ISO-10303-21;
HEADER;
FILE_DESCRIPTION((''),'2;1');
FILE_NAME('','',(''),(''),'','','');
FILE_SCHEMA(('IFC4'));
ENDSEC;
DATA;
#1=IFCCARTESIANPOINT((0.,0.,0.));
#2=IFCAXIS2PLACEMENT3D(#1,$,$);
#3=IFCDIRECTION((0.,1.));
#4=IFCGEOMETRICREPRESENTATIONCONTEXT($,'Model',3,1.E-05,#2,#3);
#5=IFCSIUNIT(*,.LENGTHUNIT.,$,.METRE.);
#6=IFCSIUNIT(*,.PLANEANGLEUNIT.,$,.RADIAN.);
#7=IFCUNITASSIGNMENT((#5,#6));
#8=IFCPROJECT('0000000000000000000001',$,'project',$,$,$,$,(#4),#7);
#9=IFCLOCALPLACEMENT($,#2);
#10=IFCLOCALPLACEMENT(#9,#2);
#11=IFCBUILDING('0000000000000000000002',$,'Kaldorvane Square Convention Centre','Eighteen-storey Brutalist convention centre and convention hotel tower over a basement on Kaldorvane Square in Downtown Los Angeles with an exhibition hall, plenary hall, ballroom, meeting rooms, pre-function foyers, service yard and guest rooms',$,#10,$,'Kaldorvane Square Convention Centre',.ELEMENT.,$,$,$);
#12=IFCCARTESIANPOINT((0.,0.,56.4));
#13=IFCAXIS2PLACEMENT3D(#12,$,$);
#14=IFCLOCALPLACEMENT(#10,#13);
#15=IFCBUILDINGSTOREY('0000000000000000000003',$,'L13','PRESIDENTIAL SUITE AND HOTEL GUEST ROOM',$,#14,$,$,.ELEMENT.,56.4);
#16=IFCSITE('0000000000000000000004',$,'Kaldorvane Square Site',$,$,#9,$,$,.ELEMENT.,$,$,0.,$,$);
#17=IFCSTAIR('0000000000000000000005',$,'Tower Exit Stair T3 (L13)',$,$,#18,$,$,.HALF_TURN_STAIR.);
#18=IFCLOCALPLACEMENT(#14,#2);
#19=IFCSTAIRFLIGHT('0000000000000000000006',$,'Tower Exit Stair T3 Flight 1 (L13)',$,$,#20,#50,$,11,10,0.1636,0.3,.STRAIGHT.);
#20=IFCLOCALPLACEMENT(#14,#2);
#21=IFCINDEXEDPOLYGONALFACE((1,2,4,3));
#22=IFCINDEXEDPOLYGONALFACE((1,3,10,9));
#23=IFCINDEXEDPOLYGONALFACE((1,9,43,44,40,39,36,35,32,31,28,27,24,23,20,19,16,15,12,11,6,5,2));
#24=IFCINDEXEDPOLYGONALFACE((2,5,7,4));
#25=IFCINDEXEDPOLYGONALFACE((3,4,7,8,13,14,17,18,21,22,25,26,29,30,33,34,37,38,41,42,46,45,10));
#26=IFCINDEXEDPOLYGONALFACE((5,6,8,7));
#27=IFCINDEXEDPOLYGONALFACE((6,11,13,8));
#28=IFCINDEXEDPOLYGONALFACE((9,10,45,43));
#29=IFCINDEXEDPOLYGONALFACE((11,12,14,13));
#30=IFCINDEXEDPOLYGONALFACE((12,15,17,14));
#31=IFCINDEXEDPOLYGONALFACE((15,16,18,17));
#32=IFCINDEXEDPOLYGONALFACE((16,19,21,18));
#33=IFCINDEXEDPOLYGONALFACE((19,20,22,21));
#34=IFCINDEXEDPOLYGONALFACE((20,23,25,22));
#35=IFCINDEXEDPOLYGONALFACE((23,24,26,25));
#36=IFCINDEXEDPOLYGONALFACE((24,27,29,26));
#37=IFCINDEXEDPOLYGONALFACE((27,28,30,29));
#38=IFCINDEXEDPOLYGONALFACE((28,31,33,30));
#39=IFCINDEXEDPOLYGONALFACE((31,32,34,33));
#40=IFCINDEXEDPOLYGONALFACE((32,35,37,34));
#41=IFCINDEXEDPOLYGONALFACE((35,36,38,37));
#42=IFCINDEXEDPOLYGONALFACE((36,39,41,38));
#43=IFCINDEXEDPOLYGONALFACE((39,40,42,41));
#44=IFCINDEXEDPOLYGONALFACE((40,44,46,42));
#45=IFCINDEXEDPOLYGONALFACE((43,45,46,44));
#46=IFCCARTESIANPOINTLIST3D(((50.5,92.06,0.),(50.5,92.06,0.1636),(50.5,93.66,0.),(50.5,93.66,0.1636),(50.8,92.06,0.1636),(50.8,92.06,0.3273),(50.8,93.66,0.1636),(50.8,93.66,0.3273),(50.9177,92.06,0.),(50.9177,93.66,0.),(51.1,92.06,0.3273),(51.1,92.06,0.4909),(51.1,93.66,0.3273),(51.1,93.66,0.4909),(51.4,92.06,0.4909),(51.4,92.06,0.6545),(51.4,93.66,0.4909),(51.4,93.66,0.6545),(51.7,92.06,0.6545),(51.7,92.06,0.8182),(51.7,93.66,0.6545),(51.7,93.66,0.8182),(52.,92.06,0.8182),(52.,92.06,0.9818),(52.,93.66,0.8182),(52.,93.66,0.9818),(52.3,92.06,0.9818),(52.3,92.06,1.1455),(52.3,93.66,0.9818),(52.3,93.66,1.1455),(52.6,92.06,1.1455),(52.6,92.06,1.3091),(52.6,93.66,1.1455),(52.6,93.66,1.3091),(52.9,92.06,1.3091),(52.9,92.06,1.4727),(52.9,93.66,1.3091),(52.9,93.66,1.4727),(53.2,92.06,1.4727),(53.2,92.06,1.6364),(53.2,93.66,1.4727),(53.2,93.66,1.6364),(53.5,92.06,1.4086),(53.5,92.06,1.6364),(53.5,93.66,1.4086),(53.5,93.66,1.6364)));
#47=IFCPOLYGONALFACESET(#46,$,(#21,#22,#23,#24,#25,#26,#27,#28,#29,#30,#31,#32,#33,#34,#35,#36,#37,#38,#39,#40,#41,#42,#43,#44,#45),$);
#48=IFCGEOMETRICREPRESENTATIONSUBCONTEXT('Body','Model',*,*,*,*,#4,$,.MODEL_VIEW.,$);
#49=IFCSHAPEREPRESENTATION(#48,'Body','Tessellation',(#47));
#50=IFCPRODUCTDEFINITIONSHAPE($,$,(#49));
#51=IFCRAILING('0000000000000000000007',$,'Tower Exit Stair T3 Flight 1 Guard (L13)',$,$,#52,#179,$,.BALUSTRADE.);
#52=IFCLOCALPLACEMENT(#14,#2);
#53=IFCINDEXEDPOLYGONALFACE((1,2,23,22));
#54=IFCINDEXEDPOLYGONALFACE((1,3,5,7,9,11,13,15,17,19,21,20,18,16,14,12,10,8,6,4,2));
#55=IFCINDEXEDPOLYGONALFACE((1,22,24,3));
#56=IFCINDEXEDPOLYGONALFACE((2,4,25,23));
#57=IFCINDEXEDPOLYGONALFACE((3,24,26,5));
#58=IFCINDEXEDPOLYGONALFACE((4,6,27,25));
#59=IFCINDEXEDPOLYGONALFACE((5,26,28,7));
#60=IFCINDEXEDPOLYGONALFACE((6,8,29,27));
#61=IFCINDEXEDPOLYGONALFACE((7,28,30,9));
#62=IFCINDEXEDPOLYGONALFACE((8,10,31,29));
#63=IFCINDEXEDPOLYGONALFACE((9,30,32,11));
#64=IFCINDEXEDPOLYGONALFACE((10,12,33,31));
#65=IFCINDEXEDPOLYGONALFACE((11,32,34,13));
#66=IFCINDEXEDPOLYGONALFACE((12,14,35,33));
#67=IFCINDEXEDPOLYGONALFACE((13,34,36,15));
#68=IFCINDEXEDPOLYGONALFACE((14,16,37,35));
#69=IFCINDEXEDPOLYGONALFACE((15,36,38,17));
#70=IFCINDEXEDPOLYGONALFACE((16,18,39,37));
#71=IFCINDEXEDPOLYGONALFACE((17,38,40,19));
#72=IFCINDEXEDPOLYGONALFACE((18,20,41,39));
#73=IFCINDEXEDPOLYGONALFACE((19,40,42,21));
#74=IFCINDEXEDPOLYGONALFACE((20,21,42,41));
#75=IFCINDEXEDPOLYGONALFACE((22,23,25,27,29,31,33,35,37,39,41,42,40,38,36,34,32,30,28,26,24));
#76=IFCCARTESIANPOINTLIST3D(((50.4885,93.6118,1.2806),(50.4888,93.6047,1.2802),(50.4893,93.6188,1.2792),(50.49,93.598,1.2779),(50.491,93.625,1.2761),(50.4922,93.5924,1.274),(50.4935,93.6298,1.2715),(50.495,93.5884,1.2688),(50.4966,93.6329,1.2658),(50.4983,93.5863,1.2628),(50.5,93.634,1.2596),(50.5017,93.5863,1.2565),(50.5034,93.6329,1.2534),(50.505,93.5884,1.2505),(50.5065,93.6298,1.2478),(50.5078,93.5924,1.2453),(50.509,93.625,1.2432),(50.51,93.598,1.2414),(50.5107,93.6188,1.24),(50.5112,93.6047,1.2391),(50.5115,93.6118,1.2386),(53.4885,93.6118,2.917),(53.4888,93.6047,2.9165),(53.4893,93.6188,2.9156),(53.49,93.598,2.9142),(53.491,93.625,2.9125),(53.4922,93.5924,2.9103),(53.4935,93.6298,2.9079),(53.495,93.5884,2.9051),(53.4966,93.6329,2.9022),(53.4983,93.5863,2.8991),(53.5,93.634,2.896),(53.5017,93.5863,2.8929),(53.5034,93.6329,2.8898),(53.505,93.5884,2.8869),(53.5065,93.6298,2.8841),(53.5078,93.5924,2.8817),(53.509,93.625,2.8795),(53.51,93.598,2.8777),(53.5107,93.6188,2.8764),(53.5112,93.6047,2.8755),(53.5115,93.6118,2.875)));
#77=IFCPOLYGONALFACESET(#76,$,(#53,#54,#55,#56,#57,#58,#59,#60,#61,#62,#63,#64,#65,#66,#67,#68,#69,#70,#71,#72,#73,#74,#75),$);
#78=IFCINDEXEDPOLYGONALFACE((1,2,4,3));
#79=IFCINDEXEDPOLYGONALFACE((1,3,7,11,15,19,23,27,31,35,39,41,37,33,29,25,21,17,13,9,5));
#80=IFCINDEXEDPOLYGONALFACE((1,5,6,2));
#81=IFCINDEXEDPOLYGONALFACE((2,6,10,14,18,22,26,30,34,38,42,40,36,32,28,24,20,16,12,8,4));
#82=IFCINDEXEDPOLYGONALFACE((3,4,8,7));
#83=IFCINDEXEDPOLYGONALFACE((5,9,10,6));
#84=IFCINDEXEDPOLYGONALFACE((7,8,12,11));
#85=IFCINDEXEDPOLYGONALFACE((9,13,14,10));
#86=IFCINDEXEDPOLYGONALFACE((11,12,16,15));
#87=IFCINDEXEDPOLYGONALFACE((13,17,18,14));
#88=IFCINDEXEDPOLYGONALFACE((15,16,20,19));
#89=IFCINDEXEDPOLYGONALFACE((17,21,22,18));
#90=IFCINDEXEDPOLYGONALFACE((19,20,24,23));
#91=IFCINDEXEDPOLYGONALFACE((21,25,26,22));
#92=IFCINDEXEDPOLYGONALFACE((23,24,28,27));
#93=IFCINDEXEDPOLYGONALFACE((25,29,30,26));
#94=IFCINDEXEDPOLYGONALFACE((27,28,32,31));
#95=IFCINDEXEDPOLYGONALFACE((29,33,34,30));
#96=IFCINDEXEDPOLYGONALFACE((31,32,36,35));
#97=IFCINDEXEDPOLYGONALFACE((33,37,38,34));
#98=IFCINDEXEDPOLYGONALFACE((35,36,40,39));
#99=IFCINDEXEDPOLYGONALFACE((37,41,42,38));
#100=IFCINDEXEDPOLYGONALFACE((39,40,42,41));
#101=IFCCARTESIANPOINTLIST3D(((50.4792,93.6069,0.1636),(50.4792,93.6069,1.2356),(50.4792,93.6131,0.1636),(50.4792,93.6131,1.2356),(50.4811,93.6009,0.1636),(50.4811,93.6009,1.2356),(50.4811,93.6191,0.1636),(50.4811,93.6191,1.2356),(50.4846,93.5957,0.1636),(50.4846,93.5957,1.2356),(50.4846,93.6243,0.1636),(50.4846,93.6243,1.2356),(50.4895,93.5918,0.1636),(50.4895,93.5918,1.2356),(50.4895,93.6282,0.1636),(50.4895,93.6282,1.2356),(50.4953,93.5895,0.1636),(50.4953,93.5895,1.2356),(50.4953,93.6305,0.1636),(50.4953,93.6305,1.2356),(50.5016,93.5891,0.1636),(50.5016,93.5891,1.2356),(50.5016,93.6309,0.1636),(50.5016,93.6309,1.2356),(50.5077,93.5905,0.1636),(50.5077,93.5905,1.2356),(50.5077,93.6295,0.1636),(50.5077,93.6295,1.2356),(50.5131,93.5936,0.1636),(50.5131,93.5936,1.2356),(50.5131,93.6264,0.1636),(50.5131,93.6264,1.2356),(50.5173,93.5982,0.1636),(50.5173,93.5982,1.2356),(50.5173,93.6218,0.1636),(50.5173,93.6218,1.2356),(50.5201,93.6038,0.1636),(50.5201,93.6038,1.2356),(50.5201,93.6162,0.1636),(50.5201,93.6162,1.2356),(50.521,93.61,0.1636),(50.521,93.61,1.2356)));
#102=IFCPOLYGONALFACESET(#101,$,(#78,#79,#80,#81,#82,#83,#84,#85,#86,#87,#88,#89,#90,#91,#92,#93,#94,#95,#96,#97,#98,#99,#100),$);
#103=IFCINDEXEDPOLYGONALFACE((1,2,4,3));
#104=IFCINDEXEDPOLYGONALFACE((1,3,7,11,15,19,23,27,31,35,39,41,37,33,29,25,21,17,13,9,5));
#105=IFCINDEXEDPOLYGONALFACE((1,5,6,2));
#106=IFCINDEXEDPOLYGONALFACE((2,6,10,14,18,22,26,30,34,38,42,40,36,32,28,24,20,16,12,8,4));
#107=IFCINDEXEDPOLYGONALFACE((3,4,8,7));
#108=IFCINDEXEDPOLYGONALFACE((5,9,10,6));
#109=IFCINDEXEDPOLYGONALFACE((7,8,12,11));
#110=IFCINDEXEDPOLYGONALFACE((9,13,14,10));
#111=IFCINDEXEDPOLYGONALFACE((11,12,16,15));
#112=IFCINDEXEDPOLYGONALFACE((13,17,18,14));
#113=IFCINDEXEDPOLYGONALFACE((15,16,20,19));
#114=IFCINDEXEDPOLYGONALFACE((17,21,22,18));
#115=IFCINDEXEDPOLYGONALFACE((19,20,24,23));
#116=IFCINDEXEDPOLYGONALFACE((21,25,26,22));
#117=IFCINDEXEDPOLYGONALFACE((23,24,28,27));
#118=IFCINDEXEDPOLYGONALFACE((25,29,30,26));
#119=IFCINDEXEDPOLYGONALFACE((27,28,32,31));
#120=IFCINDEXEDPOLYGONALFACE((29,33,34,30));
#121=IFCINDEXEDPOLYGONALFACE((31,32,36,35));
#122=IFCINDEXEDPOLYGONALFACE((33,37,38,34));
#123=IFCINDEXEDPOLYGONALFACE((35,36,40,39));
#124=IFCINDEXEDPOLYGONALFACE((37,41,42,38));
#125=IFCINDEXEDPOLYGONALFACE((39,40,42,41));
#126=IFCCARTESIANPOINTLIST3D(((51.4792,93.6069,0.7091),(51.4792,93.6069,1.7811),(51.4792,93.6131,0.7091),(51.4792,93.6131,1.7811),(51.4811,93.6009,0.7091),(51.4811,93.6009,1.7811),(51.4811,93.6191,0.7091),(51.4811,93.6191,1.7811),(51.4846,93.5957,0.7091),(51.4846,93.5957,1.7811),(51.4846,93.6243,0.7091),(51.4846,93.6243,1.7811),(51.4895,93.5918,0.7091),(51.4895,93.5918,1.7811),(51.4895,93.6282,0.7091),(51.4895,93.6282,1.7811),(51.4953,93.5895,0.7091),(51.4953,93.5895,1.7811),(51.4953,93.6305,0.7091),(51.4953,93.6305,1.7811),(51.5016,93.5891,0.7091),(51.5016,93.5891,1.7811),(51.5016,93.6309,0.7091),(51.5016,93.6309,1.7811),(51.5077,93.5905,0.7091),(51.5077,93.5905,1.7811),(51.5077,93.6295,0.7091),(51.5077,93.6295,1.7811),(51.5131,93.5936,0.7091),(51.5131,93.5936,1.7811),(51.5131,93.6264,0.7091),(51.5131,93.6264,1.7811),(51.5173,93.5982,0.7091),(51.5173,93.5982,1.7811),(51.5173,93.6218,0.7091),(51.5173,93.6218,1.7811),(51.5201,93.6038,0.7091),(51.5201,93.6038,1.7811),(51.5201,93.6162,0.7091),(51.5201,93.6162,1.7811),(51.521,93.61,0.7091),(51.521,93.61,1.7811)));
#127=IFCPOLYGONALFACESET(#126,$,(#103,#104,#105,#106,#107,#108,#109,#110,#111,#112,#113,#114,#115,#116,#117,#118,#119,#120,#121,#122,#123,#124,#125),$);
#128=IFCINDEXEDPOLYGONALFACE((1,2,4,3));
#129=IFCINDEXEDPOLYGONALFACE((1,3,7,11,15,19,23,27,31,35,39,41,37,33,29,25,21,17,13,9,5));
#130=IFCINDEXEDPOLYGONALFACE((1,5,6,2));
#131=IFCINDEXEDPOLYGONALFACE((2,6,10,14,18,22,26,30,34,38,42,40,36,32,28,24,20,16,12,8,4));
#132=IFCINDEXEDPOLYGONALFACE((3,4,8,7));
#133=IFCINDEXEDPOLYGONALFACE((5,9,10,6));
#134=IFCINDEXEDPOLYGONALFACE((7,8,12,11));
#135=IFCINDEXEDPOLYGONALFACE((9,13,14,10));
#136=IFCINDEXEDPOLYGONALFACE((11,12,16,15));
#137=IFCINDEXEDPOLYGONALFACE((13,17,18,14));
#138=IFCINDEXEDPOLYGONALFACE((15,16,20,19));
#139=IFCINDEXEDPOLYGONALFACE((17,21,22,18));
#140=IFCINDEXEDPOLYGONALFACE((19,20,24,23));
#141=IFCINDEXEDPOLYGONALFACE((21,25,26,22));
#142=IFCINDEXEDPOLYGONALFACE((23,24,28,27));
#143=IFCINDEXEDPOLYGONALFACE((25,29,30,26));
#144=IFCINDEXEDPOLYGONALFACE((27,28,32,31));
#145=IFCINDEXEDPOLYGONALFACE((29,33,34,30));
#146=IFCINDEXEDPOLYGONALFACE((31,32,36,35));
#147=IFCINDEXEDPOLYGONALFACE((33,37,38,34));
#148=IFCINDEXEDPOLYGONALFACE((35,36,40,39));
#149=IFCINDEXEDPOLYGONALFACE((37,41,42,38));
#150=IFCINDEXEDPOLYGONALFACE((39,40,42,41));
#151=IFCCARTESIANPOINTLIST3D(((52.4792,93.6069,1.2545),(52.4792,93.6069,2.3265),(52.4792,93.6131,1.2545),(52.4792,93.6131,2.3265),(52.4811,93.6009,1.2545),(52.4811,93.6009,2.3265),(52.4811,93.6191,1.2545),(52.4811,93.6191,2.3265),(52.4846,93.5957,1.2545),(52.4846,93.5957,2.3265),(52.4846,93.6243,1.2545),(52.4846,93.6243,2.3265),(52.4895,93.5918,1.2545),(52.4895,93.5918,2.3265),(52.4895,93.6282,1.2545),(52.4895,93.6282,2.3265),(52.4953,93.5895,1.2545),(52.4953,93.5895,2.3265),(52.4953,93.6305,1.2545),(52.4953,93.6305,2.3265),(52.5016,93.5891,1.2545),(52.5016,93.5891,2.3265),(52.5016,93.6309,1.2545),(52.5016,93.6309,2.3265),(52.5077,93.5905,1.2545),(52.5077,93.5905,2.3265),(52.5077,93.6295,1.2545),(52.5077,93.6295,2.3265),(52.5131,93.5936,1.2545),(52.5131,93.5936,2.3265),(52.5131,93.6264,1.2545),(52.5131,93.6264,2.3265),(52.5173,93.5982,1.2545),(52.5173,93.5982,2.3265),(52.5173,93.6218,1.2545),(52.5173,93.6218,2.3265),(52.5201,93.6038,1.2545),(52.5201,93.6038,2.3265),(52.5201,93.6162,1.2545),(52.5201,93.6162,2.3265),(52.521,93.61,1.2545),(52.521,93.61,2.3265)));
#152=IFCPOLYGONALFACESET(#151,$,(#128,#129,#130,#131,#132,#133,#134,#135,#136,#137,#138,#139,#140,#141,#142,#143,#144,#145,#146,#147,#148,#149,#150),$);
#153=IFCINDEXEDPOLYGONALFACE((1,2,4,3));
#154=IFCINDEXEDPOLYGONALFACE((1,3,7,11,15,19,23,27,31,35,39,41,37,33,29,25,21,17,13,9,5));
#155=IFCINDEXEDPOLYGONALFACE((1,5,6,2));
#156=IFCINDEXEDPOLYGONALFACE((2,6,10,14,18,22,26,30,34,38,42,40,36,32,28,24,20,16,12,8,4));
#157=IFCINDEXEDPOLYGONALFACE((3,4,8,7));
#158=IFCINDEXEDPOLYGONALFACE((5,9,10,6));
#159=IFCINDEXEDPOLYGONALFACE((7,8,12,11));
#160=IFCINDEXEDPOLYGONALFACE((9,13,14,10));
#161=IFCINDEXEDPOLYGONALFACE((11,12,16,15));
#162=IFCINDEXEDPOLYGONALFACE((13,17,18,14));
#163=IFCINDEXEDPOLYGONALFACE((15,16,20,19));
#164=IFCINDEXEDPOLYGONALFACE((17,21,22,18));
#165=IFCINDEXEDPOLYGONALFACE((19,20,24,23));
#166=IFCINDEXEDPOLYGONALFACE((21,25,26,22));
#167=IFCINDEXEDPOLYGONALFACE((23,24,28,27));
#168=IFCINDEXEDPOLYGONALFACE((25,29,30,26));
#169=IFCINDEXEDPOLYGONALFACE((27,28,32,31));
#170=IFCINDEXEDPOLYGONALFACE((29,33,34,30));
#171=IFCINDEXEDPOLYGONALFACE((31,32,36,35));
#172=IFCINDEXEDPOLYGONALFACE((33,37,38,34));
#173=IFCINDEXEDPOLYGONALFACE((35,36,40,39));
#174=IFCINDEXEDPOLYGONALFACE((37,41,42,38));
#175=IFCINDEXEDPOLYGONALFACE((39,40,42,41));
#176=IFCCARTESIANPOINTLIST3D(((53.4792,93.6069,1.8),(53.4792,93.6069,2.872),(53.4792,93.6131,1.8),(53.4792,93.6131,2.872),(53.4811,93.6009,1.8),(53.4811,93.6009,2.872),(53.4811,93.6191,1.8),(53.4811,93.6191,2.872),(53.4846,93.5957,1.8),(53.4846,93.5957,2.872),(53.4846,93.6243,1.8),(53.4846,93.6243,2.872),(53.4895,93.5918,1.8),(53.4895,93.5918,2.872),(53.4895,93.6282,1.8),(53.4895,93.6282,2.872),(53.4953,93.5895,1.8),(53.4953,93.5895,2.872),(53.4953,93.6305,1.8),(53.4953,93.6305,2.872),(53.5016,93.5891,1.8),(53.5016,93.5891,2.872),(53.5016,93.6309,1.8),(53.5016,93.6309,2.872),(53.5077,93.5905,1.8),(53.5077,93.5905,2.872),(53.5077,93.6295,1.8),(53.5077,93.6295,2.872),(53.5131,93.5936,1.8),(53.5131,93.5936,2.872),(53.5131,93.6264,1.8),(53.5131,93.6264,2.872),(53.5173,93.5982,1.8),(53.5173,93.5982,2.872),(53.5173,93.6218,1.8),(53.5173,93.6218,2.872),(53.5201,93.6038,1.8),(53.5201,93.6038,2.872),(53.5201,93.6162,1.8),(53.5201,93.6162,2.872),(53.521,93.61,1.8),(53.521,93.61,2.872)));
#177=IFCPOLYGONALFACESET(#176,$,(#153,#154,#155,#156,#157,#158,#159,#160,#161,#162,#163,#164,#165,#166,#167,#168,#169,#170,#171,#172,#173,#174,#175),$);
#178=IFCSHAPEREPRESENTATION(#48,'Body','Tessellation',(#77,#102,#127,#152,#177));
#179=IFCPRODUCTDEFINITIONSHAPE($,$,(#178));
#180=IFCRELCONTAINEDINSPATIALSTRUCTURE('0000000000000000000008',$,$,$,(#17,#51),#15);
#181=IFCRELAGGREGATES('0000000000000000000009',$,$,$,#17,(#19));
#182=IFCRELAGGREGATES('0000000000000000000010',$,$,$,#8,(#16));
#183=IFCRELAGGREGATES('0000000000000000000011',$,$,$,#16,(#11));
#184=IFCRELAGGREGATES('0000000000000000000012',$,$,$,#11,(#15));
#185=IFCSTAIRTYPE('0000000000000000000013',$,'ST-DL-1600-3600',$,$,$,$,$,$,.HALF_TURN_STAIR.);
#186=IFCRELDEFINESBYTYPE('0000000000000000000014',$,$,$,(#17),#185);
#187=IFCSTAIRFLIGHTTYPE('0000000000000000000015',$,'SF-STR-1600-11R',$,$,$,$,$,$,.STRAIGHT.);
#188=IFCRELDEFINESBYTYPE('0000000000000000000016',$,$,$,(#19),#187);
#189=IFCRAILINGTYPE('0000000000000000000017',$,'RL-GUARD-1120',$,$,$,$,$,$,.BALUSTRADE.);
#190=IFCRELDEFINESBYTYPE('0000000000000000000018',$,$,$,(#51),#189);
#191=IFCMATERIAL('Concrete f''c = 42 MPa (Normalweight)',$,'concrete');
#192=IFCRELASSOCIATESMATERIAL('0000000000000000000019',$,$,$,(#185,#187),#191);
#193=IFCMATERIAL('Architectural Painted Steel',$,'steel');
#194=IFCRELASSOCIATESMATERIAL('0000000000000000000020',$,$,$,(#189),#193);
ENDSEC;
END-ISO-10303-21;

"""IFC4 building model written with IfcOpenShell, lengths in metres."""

from ifc_helpers import new_model, si_unit, direction, frame, origin, origin_2d, place, context, subcontext, project, spatial, polyline, circle, outline, extrude, material, type_object, element, aggregate, save


model = new_model("IFC4")

# Units and contexts
model_context = context("Model", 3, precision=1e-05, world=origin(), true_north=direction((0.0, 1.0)))
body_context = subcontext(model_context, "Body", "Model", "MODEL_VIEW")
ifc_project = project(units=[si_unit("LENGTHUNIT", "METRE"), si_unit("PLANEANGLEUNIT", "RADIAN")], contexts=[model_context])

# Site, building, storey
site_placement = place(None, origin())
site = spatial("IfcSite", under=ifc_project, at=site_placement, Name="Kaldorvane Square Site", CompositionType="ELEMENT", RefElevation=0.0)
building_placement = place(site_placement, origin())
building = spatial("IfcBuilding", under=site, at=building_placement, Name="Kaldorvane Square Convention Centre", Description="Eighteen-storey Brutalist convention centre and convention hotel tower over a basement on Kaldorvane Square in Downtown Los Angeles with an exhibition hall, plenary hall, ballroom, meeting rooms, pre-function foyers, service yard and guest rooms", LongName="Kaldorvane Square Convention Centre", CompositionType="ELEMENT")
storey_placement = place(building_placement, frame((0.0, 0.0, 56.4)))
storey = spatial("IfcBuildingStorey", under=building, at=storey_placement, Name="L13", Description="PRESIDENTIAL SUITE AND HOTEL GUEST ROOM", CompositionType="ELEMENT", Elevation=56.4)

# Stair, stair flight
ifc_material_1 = material(Name="Concrete f'c = 42 MPa (Normalweight)", Category="concrete")
stair_type = type_object("IfcStairType", Name="ST-DL-1600-3600", PredefinedType="HALF_TURN_STAIR", material=ifc_material_1)
stair_flight_type = type_object("IfcStairFlightType", Name="SF-STR-1600-11R", PredefinedType="STRAIGHT", material=ifc_material_1)
stair_1_placement = place(storey_placement, origin())
stair_1 = element("IfcStair", 1, at=stair_1_placement, inside=storey, type_object=stair_type, Name="Tower Exit Stair T3 (L13)", PredefinedType="HALF_TURN_STAIR")
stair_flight_1_placement = place(storey_placement, frame((50.5, 92.86, 0.0), z_axis=(0.0, 0.0, 1.0), x_axis=(1.0, 0.0, 0.0)))
stair_flight_1 = element("IfcStairFlight", 2, at=stair_flight_1_placement, type_object=stair_flight_type, Name="Tower Exit Stair T3 Flight 1 (L13)", NumberOfRisers=11, NumberOfTreads=10, PredefinedType="STRAIGHT", RiserHeight=0.1636, TreadLength=0.3, context=body_context, shape_type="SweptSolid", body=[
    extrude(outline(polyline([(0.0, 0.0), (0.0, 0.1636), (0.3, 0.1636), (0.3, 0.3273), (0.6, 0.3273), (0.6, 0.4909), (0.9, 0.4909), (0.9, 0.6545), (1.2, 0.6545), (1.2, 0.8182), (1.5, 0.8182), (1.5, 0.9818), (1.8, 0.9818), (1.8, 1.1455), (2.1, 1.1455), (2.1, 1.3091), (2.4, 1.3091), (2.4, 1.4727), (2.7, 1.4727), (2.7, 1.6364), (3.0, 1.6364), (3.0, 1.8), (3.0, 1.4086), (0.4177, 0.0), (0.0, 0.0)])), frame((0.0, 0.8, 0.0), z_axis=(0.0, -1.0, 0.0), x_axis=(1.0, 0.0, 0.0)), (0.0, 0.0, 1.0), 1.6),
])
aggregate(stair_1, [stair_flight_1])

# Railing
ifc_material_2 = material(Name="Architectural Painted Steel", Category="steel")
railing_type_1 = type_object("IfcRailingType", Name="RL-GUARD-1120", PredefinedType="BALUSTRADE", material=ifc_material_2)
railing_placement = place(storey_placement, frame((50.5, 93.61, 0.1636)))
element("IfcRailing", 3, at=railing_placement, inside=storey, type_object=railing_type_1, Name="Tower Exit Stair T3 Flight 1 Guard (L13)", PredefinedType="BALUSTRADE", context=body_context, shape_type="SweptSolid", body=[
    extrude(circle(Radius=0.024, at=origin_2d()), frame((0.0, 0.0, 1.096), z_axis=(0.877895, 0.0, 0.478853), x_axis=(0.0, 1.0, 0.0)), (0.0, 0.0, 1.0), 3.4173),
    extrude(circle(Radius=0.021, at=origin_2d()), origin(), (0.0, 0.0, 1.0), 1.072),
    extrude(circle(Radius=0.021, at=origin_2d()), frame((1.0, 0.0, 0.5455)), (0.0, 0.0, 1.0), 1.072),
    extrude(circle(Radius=0.021, at=origin_2d()), frame((2.0, 0.0, 1.0909)), (0.0, 0.0, 1.0), 1.072),
    extrude(circle(Radius=0.021, at=origin_2d()), frame((3.0, 0.0, 1.6364)), (0.0, 0.0, 1.0), 1.072),
])

save(model, "model.ifc")
